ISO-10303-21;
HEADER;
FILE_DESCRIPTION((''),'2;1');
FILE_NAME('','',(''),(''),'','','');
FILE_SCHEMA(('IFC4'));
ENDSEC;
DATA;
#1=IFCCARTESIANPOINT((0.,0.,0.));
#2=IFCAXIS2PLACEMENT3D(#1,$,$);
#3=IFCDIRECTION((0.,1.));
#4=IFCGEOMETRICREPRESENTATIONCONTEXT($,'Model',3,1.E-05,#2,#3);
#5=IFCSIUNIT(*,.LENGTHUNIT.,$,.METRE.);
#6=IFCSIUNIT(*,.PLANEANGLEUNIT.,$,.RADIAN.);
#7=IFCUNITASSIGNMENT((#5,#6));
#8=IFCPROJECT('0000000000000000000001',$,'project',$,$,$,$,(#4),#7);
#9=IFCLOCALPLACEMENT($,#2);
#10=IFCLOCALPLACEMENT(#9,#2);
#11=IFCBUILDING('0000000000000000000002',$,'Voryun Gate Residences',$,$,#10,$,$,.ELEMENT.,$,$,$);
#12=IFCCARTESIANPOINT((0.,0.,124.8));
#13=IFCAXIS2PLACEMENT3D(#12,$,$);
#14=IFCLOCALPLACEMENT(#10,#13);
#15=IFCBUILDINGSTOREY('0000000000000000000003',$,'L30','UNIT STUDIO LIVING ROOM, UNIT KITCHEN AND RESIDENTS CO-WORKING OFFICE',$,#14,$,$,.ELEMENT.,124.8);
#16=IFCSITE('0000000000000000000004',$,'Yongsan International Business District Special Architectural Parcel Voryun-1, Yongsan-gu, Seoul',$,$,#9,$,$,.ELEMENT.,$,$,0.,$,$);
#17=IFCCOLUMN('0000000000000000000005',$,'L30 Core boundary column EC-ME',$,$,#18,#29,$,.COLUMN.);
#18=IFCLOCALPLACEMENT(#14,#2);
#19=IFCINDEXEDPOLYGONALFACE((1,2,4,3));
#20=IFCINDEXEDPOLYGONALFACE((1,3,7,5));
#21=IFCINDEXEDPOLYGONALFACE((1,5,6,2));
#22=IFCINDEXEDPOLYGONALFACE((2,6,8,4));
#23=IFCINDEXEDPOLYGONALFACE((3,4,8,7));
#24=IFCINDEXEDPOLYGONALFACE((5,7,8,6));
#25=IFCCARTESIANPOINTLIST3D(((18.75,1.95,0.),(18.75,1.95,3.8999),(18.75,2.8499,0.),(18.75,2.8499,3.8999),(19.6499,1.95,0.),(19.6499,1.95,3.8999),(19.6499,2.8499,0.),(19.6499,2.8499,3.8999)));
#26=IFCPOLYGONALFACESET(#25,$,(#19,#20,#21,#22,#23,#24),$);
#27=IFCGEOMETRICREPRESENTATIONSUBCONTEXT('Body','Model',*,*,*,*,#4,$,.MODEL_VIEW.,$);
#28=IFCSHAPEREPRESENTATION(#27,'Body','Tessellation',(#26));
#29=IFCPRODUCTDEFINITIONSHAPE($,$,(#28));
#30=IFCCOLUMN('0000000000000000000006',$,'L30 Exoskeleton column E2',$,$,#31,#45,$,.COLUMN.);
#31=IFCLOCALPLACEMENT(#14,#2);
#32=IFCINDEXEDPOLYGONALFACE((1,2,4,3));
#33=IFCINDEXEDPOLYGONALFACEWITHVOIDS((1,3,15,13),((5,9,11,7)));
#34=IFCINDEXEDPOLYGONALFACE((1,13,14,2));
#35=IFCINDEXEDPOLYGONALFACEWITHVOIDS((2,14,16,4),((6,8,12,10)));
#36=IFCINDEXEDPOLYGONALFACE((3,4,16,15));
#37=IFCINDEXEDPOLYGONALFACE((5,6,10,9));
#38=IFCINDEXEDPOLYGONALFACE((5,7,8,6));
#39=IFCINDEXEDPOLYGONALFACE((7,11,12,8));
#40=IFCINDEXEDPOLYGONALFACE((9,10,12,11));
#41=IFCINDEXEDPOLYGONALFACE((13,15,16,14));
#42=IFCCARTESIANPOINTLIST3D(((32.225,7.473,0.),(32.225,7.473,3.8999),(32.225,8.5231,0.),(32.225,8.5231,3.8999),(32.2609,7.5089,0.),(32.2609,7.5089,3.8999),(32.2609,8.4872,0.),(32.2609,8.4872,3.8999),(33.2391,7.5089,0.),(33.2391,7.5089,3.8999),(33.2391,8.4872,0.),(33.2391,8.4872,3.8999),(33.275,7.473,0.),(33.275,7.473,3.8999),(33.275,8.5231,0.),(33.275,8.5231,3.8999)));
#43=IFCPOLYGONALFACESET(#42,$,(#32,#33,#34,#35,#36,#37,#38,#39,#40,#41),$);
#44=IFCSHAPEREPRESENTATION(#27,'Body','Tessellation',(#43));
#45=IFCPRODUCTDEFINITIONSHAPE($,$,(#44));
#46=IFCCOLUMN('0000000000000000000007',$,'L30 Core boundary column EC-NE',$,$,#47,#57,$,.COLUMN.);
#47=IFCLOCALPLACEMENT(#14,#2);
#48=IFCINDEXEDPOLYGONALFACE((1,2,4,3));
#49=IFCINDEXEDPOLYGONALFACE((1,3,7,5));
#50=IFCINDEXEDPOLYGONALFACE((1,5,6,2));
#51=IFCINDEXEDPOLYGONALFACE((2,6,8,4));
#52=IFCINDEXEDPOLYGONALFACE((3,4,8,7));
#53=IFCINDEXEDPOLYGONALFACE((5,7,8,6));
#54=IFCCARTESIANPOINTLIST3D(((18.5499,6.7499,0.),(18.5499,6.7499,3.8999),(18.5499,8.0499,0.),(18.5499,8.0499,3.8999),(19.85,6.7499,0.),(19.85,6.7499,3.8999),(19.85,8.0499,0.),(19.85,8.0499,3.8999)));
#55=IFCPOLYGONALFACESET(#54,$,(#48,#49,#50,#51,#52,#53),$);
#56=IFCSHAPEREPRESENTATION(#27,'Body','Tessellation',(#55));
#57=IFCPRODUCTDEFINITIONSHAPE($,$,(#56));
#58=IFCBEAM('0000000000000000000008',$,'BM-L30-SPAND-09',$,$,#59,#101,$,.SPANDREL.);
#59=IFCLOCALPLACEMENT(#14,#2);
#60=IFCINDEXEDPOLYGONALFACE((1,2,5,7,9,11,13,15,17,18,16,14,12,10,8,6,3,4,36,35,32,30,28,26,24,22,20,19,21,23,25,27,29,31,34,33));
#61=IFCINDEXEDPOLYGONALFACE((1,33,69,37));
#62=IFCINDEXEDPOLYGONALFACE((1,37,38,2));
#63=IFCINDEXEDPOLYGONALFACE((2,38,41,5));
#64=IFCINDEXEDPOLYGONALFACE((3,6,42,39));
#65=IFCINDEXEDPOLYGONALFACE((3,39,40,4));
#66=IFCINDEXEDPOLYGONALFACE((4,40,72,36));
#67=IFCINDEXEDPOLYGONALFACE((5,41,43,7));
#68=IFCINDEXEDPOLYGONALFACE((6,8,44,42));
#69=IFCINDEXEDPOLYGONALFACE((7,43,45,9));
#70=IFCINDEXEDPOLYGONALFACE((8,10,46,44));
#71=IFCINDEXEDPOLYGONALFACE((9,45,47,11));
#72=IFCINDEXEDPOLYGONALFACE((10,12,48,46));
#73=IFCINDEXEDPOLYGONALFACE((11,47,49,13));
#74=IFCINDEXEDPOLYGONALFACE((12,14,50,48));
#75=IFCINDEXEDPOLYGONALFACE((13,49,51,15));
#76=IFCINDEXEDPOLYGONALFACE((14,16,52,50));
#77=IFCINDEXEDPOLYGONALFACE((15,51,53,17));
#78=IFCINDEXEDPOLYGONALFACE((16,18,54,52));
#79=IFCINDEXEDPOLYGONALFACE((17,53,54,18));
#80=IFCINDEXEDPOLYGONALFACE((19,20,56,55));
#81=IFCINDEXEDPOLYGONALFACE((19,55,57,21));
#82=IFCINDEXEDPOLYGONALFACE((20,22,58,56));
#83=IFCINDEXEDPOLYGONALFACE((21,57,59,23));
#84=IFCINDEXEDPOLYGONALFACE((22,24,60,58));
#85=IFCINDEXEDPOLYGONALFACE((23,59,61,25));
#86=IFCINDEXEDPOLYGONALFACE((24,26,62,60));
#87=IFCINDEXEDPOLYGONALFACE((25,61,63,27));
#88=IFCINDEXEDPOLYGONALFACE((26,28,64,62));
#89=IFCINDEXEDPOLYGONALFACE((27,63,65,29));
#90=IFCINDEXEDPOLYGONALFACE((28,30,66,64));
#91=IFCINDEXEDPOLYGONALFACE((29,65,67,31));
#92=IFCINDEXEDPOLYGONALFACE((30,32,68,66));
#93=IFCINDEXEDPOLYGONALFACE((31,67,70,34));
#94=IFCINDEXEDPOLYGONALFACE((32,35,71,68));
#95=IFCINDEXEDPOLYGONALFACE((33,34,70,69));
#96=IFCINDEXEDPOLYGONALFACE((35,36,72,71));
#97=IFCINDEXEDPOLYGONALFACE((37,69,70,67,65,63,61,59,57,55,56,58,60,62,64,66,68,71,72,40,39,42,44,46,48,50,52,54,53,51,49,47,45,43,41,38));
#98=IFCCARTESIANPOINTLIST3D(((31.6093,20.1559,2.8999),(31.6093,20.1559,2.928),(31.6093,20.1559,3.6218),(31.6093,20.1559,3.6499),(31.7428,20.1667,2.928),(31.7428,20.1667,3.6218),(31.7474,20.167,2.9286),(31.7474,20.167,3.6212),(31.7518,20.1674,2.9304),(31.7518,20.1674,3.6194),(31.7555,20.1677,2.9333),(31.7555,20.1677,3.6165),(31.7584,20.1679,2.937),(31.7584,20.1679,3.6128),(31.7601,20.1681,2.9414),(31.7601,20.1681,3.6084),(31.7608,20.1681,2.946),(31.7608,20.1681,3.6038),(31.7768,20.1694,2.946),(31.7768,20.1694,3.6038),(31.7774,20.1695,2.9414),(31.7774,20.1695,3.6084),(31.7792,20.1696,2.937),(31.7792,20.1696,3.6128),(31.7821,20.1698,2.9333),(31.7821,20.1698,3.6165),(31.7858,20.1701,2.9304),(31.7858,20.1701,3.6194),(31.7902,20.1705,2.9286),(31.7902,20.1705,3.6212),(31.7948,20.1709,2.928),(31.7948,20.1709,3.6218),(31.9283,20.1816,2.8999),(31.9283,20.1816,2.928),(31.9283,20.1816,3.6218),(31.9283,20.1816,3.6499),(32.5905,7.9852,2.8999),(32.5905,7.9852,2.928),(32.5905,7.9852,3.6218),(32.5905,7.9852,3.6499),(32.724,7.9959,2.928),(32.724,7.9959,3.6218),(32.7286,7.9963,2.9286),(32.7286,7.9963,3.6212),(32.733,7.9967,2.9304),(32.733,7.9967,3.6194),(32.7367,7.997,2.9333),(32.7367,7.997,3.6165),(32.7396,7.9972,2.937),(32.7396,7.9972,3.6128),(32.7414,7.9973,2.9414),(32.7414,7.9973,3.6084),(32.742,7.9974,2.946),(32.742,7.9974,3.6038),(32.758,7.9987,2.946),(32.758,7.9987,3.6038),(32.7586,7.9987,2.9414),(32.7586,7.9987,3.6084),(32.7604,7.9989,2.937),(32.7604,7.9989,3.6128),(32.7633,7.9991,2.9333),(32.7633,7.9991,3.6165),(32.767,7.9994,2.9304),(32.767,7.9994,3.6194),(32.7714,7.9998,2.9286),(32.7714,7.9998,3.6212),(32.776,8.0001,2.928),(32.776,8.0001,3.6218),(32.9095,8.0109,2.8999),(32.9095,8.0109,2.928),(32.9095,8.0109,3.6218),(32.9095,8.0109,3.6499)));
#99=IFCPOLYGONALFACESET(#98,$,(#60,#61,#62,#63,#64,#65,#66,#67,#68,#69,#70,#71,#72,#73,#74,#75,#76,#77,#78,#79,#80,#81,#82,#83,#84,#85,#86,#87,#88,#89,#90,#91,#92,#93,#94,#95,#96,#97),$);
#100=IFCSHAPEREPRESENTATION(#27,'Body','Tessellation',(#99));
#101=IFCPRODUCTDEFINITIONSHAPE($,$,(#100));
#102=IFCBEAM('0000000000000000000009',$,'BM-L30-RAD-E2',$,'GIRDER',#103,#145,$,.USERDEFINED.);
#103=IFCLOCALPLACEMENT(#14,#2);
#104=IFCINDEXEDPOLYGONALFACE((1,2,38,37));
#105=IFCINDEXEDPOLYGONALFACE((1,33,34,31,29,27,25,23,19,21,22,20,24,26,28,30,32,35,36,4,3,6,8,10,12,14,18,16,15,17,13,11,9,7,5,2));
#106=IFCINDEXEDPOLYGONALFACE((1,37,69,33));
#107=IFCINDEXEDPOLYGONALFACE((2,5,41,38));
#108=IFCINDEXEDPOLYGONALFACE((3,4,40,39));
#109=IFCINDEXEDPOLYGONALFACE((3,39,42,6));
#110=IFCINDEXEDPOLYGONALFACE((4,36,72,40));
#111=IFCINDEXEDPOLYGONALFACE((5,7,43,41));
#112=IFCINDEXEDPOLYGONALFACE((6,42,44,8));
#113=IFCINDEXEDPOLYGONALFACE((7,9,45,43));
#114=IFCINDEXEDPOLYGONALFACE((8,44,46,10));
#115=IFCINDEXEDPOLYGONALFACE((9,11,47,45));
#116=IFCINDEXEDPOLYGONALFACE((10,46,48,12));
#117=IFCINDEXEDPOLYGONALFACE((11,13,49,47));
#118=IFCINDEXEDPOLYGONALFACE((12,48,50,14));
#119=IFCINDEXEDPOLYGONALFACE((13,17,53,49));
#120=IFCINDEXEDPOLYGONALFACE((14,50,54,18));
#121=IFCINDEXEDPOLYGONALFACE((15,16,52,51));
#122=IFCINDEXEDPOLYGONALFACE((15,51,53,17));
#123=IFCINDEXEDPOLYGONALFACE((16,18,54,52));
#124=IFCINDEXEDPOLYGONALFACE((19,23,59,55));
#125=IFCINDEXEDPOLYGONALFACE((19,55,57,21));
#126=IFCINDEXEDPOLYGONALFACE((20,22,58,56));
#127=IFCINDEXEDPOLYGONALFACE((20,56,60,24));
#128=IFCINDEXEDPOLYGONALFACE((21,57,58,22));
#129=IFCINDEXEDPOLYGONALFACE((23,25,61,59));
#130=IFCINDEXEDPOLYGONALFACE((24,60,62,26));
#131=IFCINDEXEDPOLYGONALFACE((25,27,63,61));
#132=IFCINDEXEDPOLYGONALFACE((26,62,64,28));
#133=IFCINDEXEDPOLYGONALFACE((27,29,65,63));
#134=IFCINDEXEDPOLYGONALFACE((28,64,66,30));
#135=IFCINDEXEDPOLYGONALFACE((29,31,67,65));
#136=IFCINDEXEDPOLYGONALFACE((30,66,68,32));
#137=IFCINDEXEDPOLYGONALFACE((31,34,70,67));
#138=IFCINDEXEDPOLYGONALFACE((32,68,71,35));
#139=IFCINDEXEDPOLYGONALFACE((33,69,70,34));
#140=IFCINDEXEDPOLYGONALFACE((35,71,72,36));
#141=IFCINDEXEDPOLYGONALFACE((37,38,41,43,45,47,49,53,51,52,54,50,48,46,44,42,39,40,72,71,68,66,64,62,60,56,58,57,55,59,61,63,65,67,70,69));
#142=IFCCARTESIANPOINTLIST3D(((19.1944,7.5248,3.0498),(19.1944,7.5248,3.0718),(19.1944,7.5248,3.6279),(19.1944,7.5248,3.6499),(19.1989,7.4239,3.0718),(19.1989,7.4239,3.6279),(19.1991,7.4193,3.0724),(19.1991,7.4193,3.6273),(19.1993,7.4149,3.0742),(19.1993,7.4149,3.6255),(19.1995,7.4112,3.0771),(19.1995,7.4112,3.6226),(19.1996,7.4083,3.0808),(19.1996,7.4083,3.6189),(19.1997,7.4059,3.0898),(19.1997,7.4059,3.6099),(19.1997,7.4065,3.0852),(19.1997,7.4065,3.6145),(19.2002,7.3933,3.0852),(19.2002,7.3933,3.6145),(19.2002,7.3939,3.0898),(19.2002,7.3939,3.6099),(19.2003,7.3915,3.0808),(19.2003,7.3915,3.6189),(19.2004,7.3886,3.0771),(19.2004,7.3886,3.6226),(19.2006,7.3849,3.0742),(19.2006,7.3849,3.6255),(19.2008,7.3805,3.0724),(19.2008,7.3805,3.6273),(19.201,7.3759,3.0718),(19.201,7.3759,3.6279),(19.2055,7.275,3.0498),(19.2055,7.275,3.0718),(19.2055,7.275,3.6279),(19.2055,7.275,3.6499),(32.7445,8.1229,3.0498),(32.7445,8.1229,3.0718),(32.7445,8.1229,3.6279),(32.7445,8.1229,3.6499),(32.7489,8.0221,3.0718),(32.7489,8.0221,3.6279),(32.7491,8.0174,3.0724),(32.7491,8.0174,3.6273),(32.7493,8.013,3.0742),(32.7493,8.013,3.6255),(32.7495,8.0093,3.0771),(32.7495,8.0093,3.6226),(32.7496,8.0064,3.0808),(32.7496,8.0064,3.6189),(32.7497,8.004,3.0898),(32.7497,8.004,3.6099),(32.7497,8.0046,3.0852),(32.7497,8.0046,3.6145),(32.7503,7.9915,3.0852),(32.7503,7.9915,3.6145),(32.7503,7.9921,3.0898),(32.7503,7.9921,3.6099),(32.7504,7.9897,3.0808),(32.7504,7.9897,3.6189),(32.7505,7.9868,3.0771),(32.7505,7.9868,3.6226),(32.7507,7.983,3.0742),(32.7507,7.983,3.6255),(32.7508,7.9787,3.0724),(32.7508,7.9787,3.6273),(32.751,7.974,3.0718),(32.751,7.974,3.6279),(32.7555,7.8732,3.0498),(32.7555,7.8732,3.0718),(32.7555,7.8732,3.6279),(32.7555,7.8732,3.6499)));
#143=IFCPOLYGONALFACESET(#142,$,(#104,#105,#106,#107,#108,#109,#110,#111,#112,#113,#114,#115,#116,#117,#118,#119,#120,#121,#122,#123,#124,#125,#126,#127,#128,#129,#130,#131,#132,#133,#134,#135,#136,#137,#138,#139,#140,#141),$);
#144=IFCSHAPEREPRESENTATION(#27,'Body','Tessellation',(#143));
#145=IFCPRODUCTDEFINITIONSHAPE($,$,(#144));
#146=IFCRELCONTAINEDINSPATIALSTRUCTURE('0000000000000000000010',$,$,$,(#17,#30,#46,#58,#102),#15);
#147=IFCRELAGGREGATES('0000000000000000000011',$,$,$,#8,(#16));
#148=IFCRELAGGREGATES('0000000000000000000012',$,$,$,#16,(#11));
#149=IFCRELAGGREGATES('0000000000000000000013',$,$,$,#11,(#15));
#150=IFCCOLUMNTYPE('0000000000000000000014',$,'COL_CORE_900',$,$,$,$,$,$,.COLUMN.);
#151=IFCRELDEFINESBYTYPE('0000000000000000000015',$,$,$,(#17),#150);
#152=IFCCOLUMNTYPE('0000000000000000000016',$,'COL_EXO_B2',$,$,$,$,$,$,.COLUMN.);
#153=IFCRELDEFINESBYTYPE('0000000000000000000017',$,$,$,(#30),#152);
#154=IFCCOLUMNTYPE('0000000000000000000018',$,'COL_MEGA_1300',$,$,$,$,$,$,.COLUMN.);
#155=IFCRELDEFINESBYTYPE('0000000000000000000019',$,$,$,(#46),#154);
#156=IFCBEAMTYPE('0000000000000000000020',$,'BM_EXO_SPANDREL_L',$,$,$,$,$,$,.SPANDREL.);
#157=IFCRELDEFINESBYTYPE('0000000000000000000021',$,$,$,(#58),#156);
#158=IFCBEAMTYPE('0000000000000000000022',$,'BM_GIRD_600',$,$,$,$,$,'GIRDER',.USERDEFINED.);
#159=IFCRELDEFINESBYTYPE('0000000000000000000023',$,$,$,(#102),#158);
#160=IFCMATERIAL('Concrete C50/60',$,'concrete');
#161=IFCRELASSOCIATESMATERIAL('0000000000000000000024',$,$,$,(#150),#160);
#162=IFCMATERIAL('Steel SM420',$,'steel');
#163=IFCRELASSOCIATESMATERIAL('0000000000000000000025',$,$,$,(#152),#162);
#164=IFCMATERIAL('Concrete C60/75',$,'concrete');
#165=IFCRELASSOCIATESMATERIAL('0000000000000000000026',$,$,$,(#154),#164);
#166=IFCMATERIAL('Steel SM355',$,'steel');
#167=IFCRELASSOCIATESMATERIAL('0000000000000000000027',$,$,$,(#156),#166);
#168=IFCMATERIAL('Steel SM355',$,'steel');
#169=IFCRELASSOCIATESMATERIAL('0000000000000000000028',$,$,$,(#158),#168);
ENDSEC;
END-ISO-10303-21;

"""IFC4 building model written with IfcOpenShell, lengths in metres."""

from ifc_helpers import new_model, si_unit, direction, frame, origin, origin_2d, place, context, subcontext, project, spatial, rectangle, hollow_rectangle, i_section, extrude, material, material_profile, profile_set, type_object, element, save


model = new_model("IFC4")

# Units and contexts
model_context = context("Model", 3, precision=1e-05, world=origin(), true_north=direction((0.0, 1.0)))
body_context = subcontext(model_context, "Body", "Model", "MODEL_VIEW")
ifc_project = project(units=[si_unit("LENGTHUNIT", "METRE"), si_unit("PLANEANGLEUNIT", "RADIAN")], contexts=[model_context])

# Site, building, storey
site_placement = place(None, origin())
site = spatial("IfcSite", under=ifc_project, at=site_placement, Name="Yongsan International Business District Special Architectural Parcel Voryun-1, Yongsan-gu, Seoul", CompositionType="ELEMENT", RefElevation=0.0)
building_placement = place(site_placement, origin())
building = spatial("IfcBuilding", under=site, at=building_placement, Name="Voryun Gate Residences", CompositionType="ELEMENT")
storey_placement = place(building_placement, frame((0.0, 0.0, 124.8)))
storey = spatial("IfcBuildingStorey", under=building, at=storey_placement, Name="L30", Description="UNIT STUDIO LIVING ROOM, UNIT KITCHEN AND RESIDENTS CO-WORKING OFFICE", CompositionType="ELEMENT", Elevation=124.8)

# Columns
ifc_material_1 = material(Name="Concrete C50/60", Category="concrete")
ifc_material_profile_1 = material_profile(ifc_material_1, rectangle(XDim=0.8999, YDim=0.8999, at=origin_2d()), Name="RC-900x900")
ifc_profile_set_1 = profile_set([ifc_material_profile_1], Name="Concrete C50/60")
column_type_1 = type_object("IfcColumnType", Name="COL_CORE_900", PredefinedType="COLUMN", material=ifc_profile_set_1)
column_1_placement = place(storey_placement, frame((19.2, 2.3999, 0.0), z_axis=(0.0, 0.0, 1.0), x_axis=(1.0, 0.0, 0.0)))
element("IfcColumn", 1, at=column_1_placement, inside=storey, type_object=column_type_1, Name="L30 Core boundary column EC-ME", PredefinedType="COLUMN", context=body_context, shape_type="SweptSolid", body=[
    extrude(rectangle(XDim=0.8999, YDim=0.8999, at=origin_2d()), origin(), (0.0, 0.0, 1.0), 3.8999),
])
ifc_material_2 = material(Name="Steel SM420", Category="steel")
ifc_material_profile_2 = material_profile(ifc_material_2, hollow_rectangle(XDim=1.05, YDim=1.05, WallThickness=0.0359, at=origin_2d()), Name="BOX-1050x1050x36")
ifc_profile_set_2 = profile_set([ifc_material_profile_2], Name="Steel SM420")
column_type_2 = type_object("IfcColumnType", Name="COL_EXO_B2", PredefinedType="COLUMN", material=ifc_profile_set_2)
column_2_placement = place(storey_placement, frame((32.75, 7.998, 0.0), z_axis=(0.0, 0.0, 1.0), x_axis=(1.0, 0.0, 0.0)))
element("IfcColumn", 2, at=column_2_placement, inside=storey, type_object=column_type_2, Name="L30 Exoskeleton column E2", PredefinedType="COLUMN", context=body_context, shape_type="SweptSolid", body=[
    extrude(hollow_rectangle(XDim=1.05, YDim=1.05, WallThickness=0.0359, at=origin_2d()), origin(), (0.0, 0.0, 1.0), 3.8999),
])
ifc_material_3 = material(Name="Concrete C60/75", Category="concrete")
ifc_material_profile_3 = material_profile(ifc_material_3, rectangle(XDim=1.3, YDim=1.3, at=origin_2d()), Name="RC-1300x1300")
ifc_profile_set_3 = profile_set([ifc_material_profile_3], Name="Concrete C60/75")
column_type_3 = type_object("IfcColumnType", Name="COL_MEGA_1300", PredefinedType="COLUMN", material=ifc_profile_set_3)
column_3_placement = place(storey_placement, frame((19.2, 7.3999, 0.0), z_axis=(0.0, 0.0, 1.0), x_axis=(1.0, 0.0, 0.0)))
element("IfcColumn", 3, at=column_3_placement, inside=storey, type_object=column_type_3, Name="L30 Core boundary column EC-NE", PredefinedType="COLUMN", context=body_context, shape_type="SweptSolid", body=[
    extrude(rectangle(XDim=1.3, YDim=1.3, at=origin_2d()), origin(), (0.0, 0.0, 1.0), 3.8999),
])

# Beams
ifc_material_4 = material(Name="Steel SM355", Category="steel")
ifc_material_profile_4 = material_profile(ifc_material_4, i_section(OverallWidth=0.3201, OverallDepth=0.75, WebThickness=0.0161, FlangeThickness=0.0281, FilletRadius=0.0181, at=origin_2d()), Name="H-750x320x16x28")
ifc_profile_set_4 = profile_set([ifc_material_profile_4], Name="Steel SM355")
beam_type_1 = type_object("IfcBeamType", Name="BM_EXO_SPANDREL_L", PredefinedType="SPANDREL", material=ifc_profile_set_4)
beam_1_placement = place(storey_placement, frame((32.75, 7.998, 3.2749), z_axis=(-0.08036, 0.996766, 0.0), x_axis=(-0.996766, -0.08036, 0.0)))
element("IfcBeam", 4, at=beam_1_placement, inside=storey, type_object=beam_type_1, Name="BM-L30-SPAND-09", PredefinedType="SPANDREL", context=body_context, shape_type="SweptSolid", body=[
    extrude(i_section(OverallWidth=0.3201, OverallDepth=0.75, WebThickness=0.0161, FlangeThickness=0.0281, FilletRadius=0.0181, at=origin_2d()), origin(), (0.0, 0.0, 1.0), 12.2102),
])
ifc_material_5 = material(Name="Steel SM355", Category="steel")
ifc_material_profile_5 = material_profile(ifc_material_5, i_section(OverallWidth=0.25, OverallDepth=0.6001, WebThickness=0.012, FlangeThickness=0.022, FilletRadius=0.0181, at=origin_2d()), Name="H-600x250x12x22")
ifc_profile_set_5 = profile_set([ifc_material_profile_5], Name="Steel SM355")
beam_type_2 = type_object("IfcBeamType", Name="BM_GIRD_600", ElementType="GIRDER", PredefinedType="USERDEFINED", material=ifc_profile_set_5)
beam_2_placement = place(storey_placement, frame((19.2, 7.3999, 3.3499), z_axis=(0.999027, 0.0441, 0.0), x_axis=(-0.0441, 0.999027, 0.0)))
element("IfcBeam", 5, at=beam_2_placement, inside=storey, type_object=beam_type_2, Name="BM-L30-RAD-E2", ObjectType="GIRDER", PredefinedType="USERDEFINED", context=body_context, shape_type="SweptSolid", body=[
    extrude(i_section(OverallWidth=0.25, OverallDepth=0.6001, WebThickness=0.012, FlangeThickness=0.022, FilletRadius=0.0181, at=origin_2d()), origin(), (0.0, 0.0, 1.0), 13.5632),
])

save(model, "model.ifc")
